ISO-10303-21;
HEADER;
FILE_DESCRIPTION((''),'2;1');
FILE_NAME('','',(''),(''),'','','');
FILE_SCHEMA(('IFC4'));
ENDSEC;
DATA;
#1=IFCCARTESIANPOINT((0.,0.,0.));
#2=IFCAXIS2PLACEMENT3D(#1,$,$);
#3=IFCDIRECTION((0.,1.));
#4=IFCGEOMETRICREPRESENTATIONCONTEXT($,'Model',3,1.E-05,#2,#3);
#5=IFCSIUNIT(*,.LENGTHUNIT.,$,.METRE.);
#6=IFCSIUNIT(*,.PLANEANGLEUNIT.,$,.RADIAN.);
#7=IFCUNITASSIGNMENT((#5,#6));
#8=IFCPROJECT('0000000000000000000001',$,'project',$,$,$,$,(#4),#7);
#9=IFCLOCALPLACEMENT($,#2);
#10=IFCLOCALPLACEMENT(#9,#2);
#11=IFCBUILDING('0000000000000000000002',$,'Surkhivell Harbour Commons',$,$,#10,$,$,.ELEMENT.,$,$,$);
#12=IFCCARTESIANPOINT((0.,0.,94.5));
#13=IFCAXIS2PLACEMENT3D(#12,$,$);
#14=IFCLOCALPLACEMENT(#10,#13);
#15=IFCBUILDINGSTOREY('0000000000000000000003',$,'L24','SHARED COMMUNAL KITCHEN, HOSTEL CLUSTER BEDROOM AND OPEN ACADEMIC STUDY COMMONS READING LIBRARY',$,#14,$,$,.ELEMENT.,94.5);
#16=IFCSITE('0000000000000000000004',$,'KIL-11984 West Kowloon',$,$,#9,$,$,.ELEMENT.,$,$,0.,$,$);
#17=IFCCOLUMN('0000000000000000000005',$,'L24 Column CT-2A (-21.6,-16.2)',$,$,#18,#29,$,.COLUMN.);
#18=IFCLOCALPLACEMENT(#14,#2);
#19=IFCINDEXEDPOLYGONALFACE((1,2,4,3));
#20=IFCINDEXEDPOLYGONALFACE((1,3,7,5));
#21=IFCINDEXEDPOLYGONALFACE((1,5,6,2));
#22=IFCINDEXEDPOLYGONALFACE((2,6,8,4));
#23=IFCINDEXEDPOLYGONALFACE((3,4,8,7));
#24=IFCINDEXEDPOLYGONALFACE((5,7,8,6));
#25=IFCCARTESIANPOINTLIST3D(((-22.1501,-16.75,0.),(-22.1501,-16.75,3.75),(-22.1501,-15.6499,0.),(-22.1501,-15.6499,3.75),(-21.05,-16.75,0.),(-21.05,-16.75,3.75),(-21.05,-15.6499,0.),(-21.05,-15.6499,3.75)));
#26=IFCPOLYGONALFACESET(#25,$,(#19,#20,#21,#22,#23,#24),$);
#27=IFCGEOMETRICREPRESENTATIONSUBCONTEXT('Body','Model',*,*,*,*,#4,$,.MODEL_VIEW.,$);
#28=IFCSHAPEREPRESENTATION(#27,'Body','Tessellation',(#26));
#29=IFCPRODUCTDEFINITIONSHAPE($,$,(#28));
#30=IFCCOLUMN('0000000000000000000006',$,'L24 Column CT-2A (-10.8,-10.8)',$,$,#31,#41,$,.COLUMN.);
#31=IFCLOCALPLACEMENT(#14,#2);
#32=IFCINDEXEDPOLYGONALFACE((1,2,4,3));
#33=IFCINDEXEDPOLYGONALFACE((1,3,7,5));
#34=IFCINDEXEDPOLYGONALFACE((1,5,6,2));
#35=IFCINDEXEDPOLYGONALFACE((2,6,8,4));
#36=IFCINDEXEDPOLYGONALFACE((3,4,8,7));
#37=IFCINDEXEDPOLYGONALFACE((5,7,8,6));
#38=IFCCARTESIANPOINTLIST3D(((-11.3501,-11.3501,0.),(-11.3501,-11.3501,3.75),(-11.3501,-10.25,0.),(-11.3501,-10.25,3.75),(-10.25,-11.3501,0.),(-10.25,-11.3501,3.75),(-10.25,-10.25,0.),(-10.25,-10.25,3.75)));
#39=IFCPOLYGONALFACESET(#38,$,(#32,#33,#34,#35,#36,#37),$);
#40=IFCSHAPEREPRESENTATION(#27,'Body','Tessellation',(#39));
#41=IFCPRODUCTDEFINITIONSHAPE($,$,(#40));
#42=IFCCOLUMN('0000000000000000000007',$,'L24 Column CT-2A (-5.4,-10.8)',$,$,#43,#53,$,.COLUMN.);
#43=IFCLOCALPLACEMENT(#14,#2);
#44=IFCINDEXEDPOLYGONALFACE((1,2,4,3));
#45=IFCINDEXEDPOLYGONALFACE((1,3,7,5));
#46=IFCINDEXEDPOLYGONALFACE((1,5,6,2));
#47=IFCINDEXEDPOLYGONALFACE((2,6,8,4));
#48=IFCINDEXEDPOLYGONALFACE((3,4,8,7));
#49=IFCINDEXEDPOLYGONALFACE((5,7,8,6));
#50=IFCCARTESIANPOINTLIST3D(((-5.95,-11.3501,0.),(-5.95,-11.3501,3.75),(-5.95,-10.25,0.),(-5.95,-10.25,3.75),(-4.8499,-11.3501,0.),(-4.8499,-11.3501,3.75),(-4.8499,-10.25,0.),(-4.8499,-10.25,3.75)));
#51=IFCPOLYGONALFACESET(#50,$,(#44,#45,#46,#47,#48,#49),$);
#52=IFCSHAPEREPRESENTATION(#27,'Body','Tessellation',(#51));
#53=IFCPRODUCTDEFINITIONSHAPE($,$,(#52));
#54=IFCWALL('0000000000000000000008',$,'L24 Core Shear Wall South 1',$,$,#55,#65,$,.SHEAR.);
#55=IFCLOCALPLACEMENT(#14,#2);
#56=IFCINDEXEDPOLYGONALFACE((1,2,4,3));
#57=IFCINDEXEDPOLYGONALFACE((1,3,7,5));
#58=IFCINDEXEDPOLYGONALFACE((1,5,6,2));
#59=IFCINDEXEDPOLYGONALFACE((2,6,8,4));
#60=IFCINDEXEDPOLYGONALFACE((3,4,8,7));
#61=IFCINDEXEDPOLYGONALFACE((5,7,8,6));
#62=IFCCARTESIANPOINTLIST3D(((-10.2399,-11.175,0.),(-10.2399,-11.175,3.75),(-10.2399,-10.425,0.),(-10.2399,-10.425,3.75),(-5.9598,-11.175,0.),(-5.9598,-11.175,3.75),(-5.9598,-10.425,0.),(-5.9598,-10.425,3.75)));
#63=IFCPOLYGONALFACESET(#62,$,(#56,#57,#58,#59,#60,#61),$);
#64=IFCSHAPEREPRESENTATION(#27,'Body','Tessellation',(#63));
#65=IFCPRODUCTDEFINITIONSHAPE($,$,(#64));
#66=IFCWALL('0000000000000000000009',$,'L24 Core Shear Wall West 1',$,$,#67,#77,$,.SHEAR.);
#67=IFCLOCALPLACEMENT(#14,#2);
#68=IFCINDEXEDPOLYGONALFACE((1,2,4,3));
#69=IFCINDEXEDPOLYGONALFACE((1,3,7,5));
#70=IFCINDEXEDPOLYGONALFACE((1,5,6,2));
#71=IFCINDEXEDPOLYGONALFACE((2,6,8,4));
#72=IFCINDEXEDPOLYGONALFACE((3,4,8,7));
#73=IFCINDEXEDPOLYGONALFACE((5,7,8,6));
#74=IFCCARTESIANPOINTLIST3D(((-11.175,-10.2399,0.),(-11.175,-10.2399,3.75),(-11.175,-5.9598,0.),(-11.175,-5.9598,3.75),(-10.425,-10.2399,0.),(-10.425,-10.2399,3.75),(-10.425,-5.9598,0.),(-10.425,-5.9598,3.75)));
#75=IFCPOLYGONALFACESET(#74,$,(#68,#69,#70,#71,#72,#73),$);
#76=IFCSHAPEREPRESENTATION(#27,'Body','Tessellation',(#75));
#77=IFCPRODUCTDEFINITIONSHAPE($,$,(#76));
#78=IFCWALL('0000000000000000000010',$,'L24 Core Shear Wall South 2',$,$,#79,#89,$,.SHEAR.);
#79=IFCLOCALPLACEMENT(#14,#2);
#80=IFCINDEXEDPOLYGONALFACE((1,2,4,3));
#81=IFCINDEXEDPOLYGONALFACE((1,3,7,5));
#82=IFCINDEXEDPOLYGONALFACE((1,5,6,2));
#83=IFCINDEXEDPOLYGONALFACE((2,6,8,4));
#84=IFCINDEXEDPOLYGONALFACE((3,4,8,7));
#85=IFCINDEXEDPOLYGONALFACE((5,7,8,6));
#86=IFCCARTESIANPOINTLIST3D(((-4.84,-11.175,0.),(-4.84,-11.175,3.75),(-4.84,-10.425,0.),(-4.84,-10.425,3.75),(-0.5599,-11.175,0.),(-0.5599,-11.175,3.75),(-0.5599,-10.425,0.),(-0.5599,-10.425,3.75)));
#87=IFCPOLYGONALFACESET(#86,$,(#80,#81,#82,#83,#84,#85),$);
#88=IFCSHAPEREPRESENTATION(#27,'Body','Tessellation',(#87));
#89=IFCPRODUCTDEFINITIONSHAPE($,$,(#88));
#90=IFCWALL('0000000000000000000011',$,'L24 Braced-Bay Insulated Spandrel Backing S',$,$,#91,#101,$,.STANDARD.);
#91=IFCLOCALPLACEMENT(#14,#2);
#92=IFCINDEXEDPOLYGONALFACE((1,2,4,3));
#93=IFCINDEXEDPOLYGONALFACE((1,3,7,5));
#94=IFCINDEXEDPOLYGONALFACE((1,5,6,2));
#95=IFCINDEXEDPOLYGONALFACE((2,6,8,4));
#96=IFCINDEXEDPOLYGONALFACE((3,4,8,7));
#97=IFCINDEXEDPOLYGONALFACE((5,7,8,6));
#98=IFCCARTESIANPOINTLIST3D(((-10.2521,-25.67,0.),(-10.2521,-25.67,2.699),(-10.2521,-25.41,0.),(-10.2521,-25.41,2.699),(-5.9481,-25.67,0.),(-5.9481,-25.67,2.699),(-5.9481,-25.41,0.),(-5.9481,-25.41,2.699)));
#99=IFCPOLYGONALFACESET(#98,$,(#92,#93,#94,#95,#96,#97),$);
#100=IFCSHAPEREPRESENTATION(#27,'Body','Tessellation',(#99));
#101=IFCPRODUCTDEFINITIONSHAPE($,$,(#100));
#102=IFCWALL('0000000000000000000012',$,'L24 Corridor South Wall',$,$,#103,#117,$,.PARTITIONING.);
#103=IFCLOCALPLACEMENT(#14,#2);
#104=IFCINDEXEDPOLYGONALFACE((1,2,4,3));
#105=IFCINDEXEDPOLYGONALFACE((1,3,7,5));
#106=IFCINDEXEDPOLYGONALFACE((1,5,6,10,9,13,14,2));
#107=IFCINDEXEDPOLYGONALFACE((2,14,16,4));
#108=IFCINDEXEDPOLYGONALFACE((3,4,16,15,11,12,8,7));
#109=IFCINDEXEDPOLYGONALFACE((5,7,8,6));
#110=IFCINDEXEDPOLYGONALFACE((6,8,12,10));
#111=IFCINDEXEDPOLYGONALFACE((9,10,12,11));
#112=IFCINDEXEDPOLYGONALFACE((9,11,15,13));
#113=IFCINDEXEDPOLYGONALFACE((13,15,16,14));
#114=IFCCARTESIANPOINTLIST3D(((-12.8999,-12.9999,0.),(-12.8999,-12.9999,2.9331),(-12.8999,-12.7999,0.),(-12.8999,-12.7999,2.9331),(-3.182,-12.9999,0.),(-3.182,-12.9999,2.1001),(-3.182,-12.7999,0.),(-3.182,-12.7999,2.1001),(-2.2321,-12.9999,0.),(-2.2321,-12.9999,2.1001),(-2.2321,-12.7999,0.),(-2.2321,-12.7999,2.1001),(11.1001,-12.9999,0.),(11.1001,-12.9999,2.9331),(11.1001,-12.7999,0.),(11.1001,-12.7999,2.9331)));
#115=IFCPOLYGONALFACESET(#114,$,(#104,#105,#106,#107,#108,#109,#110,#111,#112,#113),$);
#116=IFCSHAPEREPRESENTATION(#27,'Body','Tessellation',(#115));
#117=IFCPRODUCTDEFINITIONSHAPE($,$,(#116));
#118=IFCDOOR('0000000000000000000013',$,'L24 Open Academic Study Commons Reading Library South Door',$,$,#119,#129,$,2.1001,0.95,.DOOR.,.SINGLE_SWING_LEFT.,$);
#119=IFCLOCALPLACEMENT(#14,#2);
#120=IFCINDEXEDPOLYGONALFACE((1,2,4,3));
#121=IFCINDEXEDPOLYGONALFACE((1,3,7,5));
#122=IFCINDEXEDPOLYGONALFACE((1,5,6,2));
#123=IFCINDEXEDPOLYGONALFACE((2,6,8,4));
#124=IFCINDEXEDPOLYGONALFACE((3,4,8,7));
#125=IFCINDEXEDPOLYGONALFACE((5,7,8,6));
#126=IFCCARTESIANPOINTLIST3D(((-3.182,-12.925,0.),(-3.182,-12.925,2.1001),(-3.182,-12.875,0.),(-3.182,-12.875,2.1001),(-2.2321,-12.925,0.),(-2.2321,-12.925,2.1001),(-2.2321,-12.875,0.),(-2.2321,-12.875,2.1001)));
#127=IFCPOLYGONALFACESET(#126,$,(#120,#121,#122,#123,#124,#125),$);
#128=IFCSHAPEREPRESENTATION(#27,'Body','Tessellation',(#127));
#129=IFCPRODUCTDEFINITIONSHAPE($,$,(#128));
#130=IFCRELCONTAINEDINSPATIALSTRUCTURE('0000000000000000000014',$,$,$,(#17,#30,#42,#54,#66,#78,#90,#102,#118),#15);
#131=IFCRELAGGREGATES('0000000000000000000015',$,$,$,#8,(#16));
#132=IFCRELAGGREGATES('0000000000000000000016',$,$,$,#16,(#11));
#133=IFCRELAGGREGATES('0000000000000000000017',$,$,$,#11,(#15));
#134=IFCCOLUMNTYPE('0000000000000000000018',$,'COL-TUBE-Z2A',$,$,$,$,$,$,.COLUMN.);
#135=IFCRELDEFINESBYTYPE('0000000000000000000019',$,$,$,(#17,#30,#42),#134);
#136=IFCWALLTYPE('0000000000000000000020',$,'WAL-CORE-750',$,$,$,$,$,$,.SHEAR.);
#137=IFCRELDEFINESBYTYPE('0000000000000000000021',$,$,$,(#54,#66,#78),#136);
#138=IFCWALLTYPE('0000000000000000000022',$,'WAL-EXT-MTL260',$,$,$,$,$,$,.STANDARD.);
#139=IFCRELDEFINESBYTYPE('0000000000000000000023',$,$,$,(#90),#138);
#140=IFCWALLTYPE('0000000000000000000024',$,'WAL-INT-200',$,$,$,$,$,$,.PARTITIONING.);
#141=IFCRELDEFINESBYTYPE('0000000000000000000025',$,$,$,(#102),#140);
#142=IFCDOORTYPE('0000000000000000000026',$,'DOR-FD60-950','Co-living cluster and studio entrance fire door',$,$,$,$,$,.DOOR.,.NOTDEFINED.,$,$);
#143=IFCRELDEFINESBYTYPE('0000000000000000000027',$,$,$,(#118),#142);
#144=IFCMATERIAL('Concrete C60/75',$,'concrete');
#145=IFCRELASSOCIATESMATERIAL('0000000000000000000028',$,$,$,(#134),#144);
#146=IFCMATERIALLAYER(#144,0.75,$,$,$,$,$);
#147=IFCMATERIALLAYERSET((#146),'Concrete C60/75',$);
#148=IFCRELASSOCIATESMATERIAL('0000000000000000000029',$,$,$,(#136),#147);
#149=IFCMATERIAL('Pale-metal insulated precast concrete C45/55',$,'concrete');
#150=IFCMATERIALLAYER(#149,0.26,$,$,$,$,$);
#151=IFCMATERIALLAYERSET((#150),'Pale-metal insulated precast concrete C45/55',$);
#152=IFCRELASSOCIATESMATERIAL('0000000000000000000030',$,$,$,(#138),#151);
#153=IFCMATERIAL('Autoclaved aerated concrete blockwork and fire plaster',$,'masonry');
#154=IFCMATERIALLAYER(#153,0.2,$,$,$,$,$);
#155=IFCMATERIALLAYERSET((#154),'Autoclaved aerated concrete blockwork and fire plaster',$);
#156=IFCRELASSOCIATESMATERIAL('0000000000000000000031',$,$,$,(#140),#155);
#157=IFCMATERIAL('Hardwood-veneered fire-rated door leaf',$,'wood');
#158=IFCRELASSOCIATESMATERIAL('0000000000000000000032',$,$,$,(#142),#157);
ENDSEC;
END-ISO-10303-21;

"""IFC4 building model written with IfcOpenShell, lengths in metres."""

from ifc_helpers import new_model, si_unit, direction, frame, frame_2d, origin, origin_2d, place, context, subcontext, project, spatial, rectangle, extrude, material, layer, layer_set, material_profile, profile_set, type_object, element, fill, save


model = new_model("IFC4")

# Units and contexts
model_context = context("Model", 3, precision=1e-05, world=origin(), true_north=direction((0.0, 1.0)))
body_context = subcontext(model_context, "Body", "Model", "MODEL_VIEW")
ifc_project = project(units=[si_unit("LENGTHUNIT", "METRE"), si_unit("PLANEANGLEUNIT", "RADIAN")], contexts=[model_context])

# Site, building, storey
site_placement = place(None, origin())
site = spatial("IfcSite", under=ifc_project, at=site_placement, Name="KIL-11984 West Kowloon", CompositionType="ELEMENT", RefElevation=0.0)
building_placement = place(site_placement, origin())
building = spatial("IfcBuilding", under=site, at=building_placement, Name="Surkhivell Harbour Commons", CompositionType="ELEMENT")
storey_placement = place(building_placement, frame((0.0, 0.0, 94.5)))
storey = spatial("IfcBuildingStorey", under=building, at=storey_placement, Name="L24", Description="SHARED COMMUNAL KITCHEN, HOSTEL CLUSTER BEDROOM AND OPEN ACADEMIC STUDY COMMONS READING LIBRARY", CompositionType="ELEMENT", Elevation=94.5)

# Columns
ifc_material_1 = material(Name="Concrete C60/75", Category="concrete")
ifc_material_profile = material_profile(ifc_material_1, rectangle(XDim=1.1001, YDim=1.1001, at=origin_2d()), Name="RC-COL-1100x1100")
ifc_profile_set = profile_set([ifc_material_profile], Name="Concrete C60/75")
column_type = type_object("IfcColumnType", Name="COL-TUBE-Z2A", PredefinedType="COLUMN", material=ifc_profile_set)
for number, where, z_axis, x_axis, name in (
    (1, (-21.6001, -16.2, 0.0), (0.0, 0.0, 1.0), (1.0, 0.0, 0.0), "L24 Column CT-2A (-21.6,-16.2)"),
    (2, (-10.8, -10.8, 0.0), (0.0, 0.0, 1.0), (1.0, 0.0, 0.0), "L24 Column CT-2A (-10.8,-10.8)"),
    (3, (-5.3999, -10.8, 0.0), (0.0, 0.0, 1.0), (1.0, 0.0, 0.0), "L24 Column CT-2A (-5.4,-10.8)"),
):
    element("IfcColumn", number, at=place(storey_placement, frame(where, z_axis=z_axis, x_axis=x_axis)), inside=storey, type_object=column_type, Name=name, PredefinedType="COLUMN", context=body_context, shape_type="SweptSolid", body=[
        extrude(rectangle(XDim=1.1001, YDim=1.1001, at=origin_2d()), origin(), (0.0, 0.0, 1.0), 3.75),
    ])

# Walls
ifc_layer_1 = layer(ifc_material_1, 0.75)
ifc_layer_set_1 = layer_set([ifc_layer_1], Name="Concrete C60/75")
wall_type_1 = type_object("IfcWallType", Name="WAL-CORE-750", PredefinedType="SHEAR", material=ifc_layer_set_1)
for number, where, z_axis, x_axis, name in (
    (4, (-10.24, -10.8, 0.0), (0.0, 0.0, 1.0), (1.0, 0.0, 0.0), "L24 Core Shear Wall South 1"),
    (5, (-10.8, -10.24, 0.0), (0.0, 0.0, 1.0), (0.0, 1.0, 0.0), "L24 Core Shear Wall West 1"),
    (6, (-4.8401, -10.8, 0.0), (0.0, 0.0, 1.0), (1.0, 0.0, 0.0), "L24 Core Shear Wall South 2"),
):
    element("IfcWall", number, at=place(storey_placement, frame(where, z_axis=z_axis, x_axis=x_axis)), inside=storey, type_object=wall_type_1, Name=name, PredefinedType="SHEAR", context=body_context, shape_type="SweptSolid", body=[
        extrude(rectangle(XDim=4.28, YDim=0.75, at=frame_2d((2.1401, 0.0))), origin(), (0.0, 0.0, 1.0), 3.75),
    ])
ifc_material_2 = material(Name="Pale-metal insulated precast concrete C45/55", Category="concrete")
ifc_layer_2 = layer(ifc_material_2, 0.26)
ifc_layer_set_2 = layer_set([ifc_layer_2], Name="Pale-metal insulated precast concrete C45/55")
wall_type_2 = type_object("IfcWallType", Name="WAL-EXT-MTL260", PredefinedType="STANDARD", material=ifc_layer_set_2)
wall_1_placement = place(storey_placement, frame((-10.252, -25.54, 0.0), z_axis=(0.0, 0.0, 1.0), x_axis=(1.0, 0.0, 0.0)))
element("IfcWall", 7, at=wall_1_placement, inside=storey, type_object=wall_type_2, Name="L24 Braced-Bay Insulated Spandrel Backing S", PredefinedType="STANDARD", context=body_context, shape_type="SweptSolid", body=[
    extrude(rectangle(XDim=4.304, YDim=0.26, at=frame_2d((2.1519, 0.0))), origin(), (0.0, 0.0, 1.0), 2.699),
])

# Wall, opening, door
ifc_material_3 = material(Name="Autoclaved aerated concrete blockwork and fire plaster", Category="masonry")
ifc_layer_3 = layer(ifc_material_3, 0.2)
ifc_layer_set_3 = layer_set([ifc_layer_3], Name="Autoclaved aerated concrete blockwork and fire plaster")
wall_type_3 = type_object("IfcWallType", Name="WAL-INT-200", PredefinedType="PARTITIONING", material=ifc_layer_set_3)
wall_2_placement = place(storey_placement, frame((-12.8999, -12.8999, 0.0), z_axis=(0.0, 0.0, 1.0), x_axis=(1.0, 0.0, 0.0)))
wall_2 = element("IfcWall", 8, at=wall_2_placement, inside=storey, type_object=wall_type_3, Name="L24 Corridor South Wall", PredefinedType="PARTITIONING", context=body_context, shape_type="SweptSolid", body=[
    extrude(rectangle(XDim=24.0, YDim=0.2, at=frame_2d((12.0, 0.0))), origin(), (0.0, 0.0, 1.0), 2.9331),
])
opening_1_placement = place(wall_2_placement, frame((9.7178, 0.0, 0.0)))
opening_1 = element("IfcOpeningElement", 9, at=opening_1_placement, cuts=wall_2, PredefinedType="OPENING", context=body_context, shape_type="SweptSolid", body=[
    extrude(rectangle(XDim=0.95, YDim=2.1001, at=frame_2d((0.4751, 1.05))), frame((0.0, 0.1099, 0.0), z_axis=(0.0, -1.0, 0.0), x_axis=(1.0, 0.0, 0.0)), (0.0, 0.0, 1.0), 0.22),
])
ifc_material_4 = material(Name="Hardwood-veneered fire-rated door leaf", Category="wood")
door_type_1 = type_object("IfcDoorType", Name="DOR-FD60-950", Description="Co-living cluster and studio entrance fire door", OperationType="NOTDEFINED", PredefinedType="DOOR", material=ifc_material_4)
door_1_placement = place(opening_1_placement, origin())
door_1 = element("IfcDoor", 10, at=door_1_placement, inside=storey, type_object=door_type_1, Name="L24 Open Academic Study Commons Reading Library South Door", OperationType="SINGLE_SWING_LEFT", OverallHeight=2.1001, OverallWidth=0.95, PredefinedType="DOOR", context=body_context, shape_type="SweptSolid", body=[
    extrude(rectangle(XDim=0.95, YDim=2.1001, at=frame_2d((0.4751, 1.05))), frame((0.0, 0.0249, 0.0), z_axis=(0.0, -1.0, 0.0), x_axis=(1.0, 0.0, 0.0)), (0.0, 0.0, 1.0), 0.05),
])
fill(opening_1, door_1)

save(model, "model.ifc")
